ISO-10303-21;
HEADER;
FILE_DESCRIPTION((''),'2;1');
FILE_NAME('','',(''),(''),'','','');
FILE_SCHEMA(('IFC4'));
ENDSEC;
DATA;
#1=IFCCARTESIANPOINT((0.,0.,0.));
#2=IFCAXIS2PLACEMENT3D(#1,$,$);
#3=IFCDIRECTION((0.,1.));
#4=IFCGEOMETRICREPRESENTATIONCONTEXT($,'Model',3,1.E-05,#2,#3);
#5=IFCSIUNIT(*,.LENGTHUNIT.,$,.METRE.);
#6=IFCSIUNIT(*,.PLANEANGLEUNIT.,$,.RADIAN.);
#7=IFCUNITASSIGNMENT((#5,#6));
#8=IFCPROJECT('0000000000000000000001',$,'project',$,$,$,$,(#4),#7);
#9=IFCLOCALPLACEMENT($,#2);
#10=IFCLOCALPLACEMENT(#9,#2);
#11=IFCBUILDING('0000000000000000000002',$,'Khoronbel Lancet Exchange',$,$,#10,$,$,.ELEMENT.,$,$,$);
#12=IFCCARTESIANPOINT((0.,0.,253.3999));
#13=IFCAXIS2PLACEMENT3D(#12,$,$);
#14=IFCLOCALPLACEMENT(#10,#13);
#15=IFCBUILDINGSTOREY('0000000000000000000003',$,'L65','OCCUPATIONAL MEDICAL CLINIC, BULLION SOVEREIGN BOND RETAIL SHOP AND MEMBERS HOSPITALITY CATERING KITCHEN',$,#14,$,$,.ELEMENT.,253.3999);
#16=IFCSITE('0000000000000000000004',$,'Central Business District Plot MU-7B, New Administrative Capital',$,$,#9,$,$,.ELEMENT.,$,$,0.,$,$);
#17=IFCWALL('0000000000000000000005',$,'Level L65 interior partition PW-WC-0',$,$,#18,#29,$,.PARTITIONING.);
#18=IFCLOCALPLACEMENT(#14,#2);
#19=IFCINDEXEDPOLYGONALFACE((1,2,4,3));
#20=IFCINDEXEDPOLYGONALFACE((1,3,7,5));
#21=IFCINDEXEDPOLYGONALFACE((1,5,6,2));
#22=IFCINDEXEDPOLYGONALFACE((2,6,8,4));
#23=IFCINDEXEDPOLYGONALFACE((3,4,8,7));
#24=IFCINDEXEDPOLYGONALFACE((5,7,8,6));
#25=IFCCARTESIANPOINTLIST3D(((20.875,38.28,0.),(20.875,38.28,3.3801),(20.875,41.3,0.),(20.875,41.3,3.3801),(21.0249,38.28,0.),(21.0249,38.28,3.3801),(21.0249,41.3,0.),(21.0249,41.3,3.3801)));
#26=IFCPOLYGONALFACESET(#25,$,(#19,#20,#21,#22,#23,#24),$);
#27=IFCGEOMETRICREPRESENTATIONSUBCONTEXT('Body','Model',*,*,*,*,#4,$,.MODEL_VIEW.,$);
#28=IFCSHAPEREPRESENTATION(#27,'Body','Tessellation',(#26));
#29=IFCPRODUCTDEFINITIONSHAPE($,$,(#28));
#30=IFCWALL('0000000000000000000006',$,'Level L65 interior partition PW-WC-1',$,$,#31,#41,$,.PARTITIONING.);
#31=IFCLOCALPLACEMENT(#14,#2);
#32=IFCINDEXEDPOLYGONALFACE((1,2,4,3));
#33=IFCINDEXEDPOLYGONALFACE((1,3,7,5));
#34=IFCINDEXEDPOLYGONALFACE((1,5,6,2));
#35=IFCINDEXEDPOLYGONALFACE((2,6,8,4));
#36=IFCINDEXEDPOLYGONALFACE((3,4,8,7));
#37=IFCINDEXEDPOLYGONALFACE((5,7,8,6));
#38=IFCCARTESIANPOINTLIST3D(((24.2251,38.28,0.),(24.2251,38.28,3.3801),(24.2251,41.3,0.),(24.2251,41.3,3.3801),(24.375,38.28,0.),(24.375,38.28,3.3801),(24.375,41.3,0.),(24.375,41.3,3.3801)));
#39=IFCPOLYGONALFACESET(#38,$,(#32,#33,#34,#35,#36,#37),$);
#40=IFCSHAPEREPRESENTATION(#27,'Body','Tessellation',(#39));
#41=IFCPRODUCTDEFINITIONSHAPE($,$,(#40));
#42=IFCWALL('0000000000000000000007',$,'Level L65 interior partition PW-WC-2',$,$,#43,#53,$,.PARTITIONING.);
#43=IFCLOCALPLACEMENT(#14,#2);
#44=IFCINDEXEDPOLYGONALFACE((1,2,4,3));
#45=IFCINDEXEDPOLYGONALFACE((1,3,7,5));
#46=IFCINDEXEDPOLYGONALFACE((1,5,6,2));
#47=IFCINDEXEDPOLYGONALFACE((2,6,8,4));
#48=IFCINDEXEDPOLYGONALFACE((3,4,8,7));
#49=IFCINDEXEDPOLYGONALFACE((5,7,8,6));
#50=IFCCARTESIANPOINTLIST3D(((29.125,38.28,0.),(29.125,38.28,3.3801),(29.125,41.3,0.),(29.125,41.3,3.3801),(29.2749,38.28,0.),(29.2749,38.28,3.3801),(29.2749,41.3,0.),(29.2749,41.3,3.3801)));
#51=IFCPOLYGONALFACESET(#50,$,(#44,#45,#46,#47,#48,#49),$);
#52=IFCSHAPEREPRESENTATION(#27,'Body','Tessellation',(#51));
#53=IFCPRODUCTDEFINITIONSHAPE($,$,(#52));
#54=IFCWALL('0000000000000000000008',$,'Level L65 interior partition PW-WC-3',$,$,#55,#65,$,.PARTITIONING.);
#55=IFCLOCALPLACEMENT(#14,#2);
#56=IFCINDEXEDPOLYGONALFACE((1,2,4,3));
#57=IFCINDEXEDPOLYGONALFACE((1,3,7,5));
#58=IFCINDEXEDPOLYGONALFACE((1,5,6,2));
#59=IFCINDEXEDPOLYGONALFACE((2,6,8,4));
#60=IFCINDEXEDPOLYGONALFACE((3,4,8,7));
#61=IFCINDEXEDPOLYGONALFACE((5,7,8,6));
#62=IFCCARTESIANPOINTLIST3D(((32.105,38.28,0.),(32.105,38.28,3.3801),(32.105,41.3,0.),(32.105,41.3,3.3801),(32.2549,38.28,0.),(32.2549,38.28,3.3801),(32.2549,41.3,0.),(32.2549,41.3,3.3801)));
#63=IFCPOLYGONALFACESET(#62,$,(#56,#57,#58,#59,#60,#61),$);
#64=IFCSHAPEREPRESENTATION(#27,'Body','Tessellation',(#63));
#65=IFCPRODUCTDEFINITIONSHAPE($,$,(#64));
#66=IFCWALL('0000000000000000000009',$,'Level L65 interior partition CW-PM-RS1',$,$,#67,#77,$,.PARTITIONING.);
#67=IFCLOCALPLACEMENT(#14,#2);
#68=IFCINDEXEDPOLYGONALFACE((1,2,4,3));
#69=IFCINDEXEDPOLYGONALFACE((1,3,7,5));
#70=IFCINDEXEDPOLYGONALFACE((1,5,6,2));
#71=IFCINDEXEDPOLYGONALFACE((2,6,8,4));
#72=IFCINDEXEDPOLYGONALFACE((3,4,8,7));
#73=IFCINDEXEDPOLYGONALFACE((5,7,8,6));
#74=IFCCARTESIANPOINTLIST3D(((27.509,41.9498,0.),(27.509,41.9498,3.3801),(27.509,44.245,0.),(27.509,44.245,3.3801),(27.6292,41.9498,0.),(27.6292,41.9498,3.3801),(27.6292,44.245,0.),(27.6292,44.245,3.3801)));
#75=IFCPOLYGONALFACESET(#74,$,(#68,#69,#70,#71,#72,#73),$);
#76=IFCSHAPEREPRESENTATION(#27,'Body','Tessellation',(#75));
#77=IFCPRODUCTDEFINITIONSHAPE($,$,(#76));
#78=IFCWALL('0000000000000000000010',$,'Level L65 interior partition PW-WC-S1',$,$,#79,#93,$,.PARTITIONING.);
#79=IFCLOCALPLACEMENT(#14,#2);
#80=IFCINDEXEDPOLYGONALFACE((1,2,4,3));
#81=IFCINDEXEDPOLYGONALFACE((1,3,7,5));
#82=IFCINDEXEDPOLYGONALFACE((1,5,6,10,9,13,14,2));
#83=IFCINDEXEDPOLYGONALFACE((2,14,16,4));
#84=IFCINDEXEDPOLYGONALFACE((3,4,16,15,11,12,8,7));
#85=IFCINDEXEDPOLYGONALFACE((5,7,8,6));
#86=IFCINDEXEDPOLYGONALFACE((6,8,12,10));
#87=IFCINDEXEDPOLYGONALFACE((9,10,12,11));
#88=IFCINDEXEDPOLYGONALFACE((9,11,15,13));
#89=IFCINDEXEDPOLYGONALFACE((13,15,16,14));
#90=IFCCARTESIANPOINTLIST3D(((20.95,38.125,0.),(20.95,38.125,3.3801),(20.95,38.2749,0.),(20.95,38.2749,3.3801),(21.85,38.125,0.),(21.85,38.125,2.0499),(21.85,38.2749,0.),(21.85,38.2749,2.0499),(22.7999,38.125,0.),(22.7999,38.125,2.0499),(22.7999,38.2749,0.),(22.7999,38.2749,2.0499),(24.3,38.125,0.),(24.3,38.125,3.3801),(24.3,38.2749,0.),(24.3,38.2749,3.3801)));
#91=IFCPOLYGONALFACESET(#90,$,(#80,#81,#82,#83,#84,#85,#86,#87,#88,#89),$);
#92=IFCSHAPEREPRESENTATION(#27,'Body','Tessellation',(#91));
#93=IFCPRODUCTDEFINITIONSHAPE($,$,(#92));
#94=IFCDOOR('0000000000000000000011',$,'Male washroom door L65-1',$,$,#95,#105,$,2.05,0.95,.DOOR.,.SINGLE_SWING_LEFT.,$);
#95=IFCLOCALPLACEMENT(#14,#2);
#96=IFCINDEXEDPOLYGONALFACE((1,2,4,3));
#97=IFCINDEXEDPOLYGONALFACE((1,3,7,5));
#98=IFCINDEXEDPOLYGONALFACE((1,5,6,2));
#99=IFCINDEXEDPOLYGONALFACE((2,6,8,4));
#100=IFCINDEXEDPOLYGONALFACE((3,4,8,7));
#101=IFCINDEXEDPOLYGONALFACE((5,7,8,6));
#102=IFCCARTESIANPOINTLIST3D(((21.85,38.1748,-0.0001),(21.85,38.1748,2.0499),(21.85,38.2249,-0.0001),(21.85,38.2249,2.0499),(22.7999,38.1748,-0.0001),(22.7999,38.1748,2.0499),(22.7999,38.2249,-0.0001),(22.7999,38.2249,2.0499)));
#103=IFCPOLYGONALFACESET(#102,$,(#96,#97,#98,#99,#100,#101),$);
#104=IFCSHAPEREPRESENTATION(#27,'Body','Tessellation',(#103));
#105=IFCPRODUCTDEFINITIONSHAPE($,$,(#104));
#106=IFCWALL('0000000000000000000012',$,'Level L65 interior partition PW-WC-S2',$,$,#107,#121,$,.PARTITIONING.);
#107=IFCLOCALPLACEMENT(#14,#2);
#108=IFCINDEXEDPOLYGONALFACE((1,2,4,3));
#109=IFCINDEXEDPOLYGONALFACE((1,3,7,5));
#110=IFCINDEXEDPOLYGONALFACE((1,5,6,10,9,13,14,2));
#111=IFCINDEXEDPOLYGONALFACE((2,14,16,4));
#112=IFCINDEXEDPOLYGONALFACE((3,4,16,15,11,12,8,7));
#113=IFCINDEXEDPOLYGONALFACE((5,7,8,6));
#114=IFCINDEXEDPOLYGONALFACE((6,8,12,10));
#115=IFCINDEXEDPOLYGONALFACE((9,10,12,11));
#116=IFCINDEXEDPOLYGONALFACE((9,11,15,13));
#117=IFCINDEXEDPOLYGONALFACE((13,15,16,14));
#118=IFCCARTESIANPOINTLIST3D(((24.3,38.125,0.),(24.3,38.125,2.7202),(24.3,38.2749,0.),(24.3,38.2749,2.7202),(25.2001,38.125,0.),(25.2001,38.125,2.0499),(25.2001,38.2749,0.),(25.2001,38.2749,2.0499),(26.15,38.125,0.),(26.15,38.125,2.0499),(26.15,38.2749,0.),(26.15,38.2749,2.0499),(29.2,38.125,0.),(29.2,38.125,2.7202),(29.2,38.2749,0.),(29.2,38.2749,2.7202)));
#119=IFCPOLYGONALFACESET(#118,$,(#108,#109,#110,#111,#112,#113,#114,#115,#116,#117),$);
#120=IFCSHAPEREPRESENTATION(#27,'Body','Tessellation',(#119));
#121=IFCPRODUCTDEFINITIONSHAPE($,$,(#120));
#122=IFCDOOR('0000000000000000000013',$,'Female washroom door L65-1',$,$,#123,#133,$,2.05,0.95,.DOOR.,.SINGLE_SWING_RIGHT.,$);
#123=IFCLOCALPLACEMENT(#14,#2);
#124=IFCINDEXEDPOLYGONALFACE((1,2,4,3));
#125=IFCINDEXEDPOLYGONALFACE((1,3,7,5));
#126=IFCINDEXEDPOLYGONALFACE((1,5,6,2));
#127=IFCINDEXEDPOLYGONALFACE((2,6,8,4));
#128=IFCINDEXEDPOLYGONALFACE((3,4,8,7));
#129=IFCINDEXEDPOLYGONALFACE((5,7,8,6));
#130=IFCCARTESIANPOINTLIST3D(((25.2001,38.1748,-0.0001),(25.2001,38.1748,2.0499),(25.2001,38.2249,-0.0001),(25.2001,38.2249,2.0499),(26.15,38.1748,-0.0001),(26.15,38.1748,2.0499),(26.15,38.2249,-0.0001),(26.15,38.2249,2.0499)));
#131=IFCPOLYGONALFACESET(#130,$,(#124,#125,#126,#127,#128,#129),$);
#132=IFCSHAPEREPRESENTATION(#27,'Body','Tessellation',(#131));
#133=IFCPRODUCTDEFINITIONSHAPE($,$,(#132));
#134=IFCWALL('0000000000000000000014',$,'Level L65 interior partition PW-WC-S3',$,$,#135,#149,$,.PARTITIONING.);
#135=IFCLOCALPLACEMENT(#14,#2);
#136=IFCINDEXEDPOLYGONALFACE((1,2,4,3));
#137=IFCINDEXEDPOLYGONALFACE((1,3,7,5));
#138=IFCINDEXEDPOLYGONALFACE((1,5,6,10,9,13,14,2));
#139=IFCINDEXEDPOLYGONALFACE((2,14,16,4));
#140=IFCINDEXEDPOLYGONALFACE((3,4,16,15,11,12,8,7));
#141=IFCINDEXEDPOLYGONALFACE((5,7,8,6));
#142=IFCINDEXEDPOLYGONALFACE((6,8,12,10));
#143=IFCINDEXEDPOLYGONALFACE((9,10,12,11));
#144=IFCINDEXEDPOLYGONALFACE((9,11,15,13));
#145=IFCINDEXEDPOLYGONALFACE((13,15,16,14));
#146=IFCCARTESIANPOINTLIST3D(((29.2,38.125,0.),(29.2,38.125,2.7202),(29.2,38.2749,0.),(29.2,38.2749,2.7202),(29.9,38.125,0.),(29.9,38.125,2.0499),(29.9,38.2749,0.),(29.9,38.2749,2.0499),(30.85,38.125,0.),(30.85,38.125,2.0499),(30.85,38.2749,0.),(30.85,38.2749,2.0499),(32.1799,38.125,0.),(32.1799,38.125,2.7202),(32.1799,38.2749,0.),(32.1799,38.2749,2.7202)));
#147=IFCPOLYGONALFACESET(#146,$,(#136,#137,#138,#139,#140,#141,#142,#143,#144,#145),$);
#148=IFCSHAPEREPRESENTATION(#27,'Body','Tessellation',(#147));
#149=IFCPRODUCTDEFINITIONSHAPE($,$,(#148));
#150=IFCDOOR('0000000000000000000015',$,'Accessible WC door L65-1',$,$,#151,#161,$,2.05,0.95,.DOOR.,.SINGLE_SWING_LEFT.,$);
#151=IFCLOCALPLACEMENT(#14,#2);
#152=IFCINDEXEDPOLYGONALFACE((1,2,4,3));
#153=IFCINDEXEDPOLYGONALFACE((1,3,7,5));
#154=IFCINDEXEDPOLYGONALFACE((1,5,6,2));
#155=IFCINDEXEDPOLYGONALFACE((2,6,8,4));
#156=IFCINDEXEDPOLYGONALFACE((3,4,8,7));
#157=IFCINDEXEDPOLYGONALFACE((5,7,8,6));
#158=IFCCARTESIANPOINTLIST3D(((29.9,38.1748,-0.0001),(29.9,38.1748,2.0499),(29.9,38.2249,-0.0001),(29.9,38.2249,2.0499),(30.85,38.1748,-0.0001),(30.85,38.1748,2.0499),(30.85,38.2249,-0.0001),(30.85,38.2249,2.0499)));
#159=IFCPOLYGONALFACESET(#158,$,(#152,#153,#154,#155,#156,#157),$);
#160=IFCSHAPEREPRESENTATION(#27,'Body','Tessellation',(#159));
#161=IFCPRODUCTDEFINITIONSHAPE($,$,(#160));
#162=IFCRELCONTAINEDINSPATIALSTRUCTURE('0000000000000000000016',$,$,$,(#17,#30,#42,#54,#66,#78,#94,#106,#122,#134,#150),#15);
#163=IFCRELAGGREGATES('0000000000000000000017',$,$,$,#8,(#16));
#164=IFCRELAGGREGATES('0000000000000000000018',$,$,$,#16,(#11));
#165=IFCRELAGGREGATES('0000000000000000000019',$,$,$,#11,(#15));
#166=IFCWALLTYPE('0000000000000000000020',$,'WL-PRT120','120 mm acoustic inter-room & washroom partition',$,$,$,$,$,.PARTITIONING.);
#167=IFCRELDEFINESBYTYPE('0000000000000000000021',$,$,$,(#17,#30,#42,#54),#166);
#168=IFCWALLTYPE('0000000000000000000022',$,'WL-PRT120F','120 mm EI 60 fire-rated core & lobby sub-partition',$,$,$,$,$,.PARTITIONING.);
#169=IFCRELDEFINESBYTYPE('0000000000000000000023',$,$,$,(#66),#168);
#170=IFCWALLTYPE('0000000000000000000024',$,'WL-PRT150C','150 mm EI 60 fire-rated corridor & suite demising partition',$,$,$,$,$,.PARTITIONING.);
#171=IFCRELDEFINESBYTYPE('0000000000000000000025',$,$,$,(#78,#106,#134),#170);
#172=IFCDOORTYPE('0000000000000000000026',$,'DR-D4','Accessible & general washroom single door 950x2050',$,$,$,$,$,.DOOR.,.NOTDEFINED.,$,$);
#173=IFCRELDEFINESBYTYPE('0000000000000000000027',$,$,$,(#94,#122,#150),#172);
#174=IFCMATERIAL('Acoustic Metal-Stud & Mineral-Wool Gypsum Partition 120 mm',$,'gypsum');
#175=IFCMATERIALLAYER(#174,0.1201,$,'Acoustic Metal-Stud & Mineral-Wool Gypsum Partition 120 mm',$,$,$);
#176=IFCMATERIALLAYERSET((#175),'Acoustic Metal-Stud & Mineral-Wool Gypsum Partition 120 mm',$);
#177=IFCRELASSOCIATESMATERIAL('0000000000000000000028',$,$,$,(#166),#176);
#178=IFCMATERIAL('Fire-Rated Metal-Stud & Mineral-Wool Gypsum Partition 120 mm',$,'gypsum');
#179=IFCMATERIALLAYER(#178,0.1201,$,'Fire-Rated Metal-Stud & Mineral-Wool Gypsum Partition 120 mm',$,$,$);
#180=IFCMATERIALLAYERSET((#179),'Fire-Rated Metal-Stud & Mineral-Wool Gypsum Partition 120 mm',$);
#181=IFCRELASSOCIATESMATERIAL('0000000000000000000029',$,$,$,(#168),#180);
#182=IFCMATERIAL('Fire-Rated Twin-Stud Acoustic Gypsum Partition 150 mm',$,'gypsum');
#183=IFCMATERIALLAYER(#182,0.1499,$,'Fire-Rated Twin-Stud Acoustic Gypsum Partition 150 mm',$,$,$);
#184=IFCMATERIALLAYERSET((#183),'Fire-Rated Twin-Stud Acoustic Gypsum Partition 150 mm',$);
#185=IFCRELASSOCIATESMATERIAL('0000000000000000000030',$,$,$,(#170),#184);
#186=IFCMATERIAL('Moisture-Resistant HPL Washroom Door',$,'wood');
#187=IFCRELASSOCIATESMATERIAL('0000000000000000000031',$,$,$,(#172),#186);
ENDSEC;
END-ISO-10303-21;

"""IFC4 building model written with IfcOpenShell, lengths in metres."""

from ifc_helpers import new_model, si_unit, direction, frame, frame_2d, origin, place, context, subcontext, project, spatial, rectangle, extrude, material, layer, layer_set, type_object, element, fill, save


model = new_model("IFC4")

# Units and contexts
model_context = context("Model", 3, precision=1e-05, world=origin(), true_north=direction((0.0, 1.0)))
body_context = subcontext(model_context, "Body", "Model", "MODEL_VIEW")
ifc_project = project(units=[si_unit("LENGTHUNIT", "METRE"), si_unit("PLANEANGLEUNIT", "RADIAN")], contexts=[model_context])

# Site, building, storey
site_placement = place(None, origin())
site = spatial("IfcSite", under=ifc_project, at=site_placement, Name="Central Business District Plot MU-7B, New Administrative Capital", CompositionType="ELEMENT", RefElevation=0.0)
building_placement = place(site_placement, origin())
building = spatial("IfcBuilding", under=site, at=building_placement, Name="Khoronbel Lancet Exchange", CompositionType="ELEMENT")
storey_placement = place(building_placement, frame((0.0, 0.0, 253.3999)))
storey = spatial("IfcBuildingStorey", under=building, at=storey_placement, Name="L65", Description="OCCUPATIONAL MEDICAL CLINIC, BULLION SOVEREIGN BOND RETAIL SHOP AND MEMBERS HOSPITALITY CATERING KITCHEN", CompositionType="ELEMENT", Elevation=253.3999)

# Walls
ifc_material_1 = material(Name="Acoustic Metal-Stud & Mineral-Wool Gypsum Partition 120 mm", Category="gypsum")
ifc_layer_1 = layer(ifc_material_1, 0.1201, Name="Acoustic Metal-Stud & Mineral-Wool Gypsum Partition 120 mm")
ifc_layer_set_1 = layer_set([ifc_layer_1], Name="Acoustic Metal-Stud & Mineral-Wool Gypsum Partition 120 mm")
wall_type_1 = type_object("IfcWallType", Name="WL-PRT120", Description="120 mm acoustic inter-room & washroom partition", PredefinedType="PARTITIONING", material=ifc_layer_set_1)
for number, where, z_axis, x_axis, name in (
    (1, (20.95, 38.28, 0.0), (0.0, 0.0, 1.0), (0.0, 1.0, 0.0), "Level L65 interior partition PW-WC-0"),
    (2, (24.3, 38.28, 0.0), (0.0, 0.0, 1.0), (0.0, 1.0, 0.0), "Level L65 interior partition PW-WC-1"),
    (3, (29.2, 38.28, 0.0), (0.0, 0.0, 1.0), (0.0, 1.0, 0.0), "Level L65 interior partition PW-WC-2"),
    (4, (32.1799, 38.28, 0.0), (0.0, 0.0, 1.0), (0.0, 1.0, 0.0), "Level L65 interior partition PW-WC-3"),
):
    element("IfcWall", number, at=place(storey_placement, frame(where, z_axis=z_axis, x_axis=x_axis)), inside=storey, type_object=wall_type_1, Name=name, PredefinedType="PARTITIONING", context=body_context, shape_type="SweptSolid", body=[
        extrude(rectangle(XDim=3.02, YDim=0.1499, at=frame_2d((1.51, 0.0))), origin(), (0.0, 0.0, 1.0), 3.3801),
    ])
ifc_material_2 = material(Name="Fire-Rated Metal-Stud & Mineral-Wool Gypsum Partition 120 mm", Category="gypsum")
ifc_layer_2 = layer(ifc_material_2, 0.1201, Name="Fire-Rated Metal-Stud & Mineral-Wool Gypsum Partition 120 mm")
ifc_layer_set_2 = layer_set([ifc_layer_2], Name="Fire-Rated Metal-Stud & Mineral-Wool Gypsum Partition 120 mm")
wall_type_2 = type_object("IfcWallType", Name="WL-PRT120F", Description="120 mm EI 60 fire-rated core & lobby sub-partition", PredefinedType="PARTITIONING", material=ifc_layer_set_2)
wall_1_placement = place(storey_placement, frame((27.5691, 41.95, 0.0), z_axis=(0.0, 0.0, 1.0), x_axis=(0.0, 1.0, 0.0)))
element("IfcWall", 5, at=wall_1_placement, inside=storey, type_object=wall_type_2, Name="Level L65 interior partition CW-PM-RS1", PredefinedType="PARTITIONING", context=body_context, shape_type="SweptSolid", body=[
    extrude(rectangle(XDim=2.2952, YDim=0.1201, at=frame_2d((1.1475, 0.0))), origin(), (0.0, 0.0, 1.0), 3.3801),
])

# Walls, openings, doors
ifc_material_3 = material(Name="Fire-Rated Twin-Stud Acoustic Gypsum Partition 150 mm", Category="gypsum")
ifc_layer_3 = layer(ifc_material_3, 0.1499, Name="Fire-Rated Twin-Stud Acoustic Gypsum Partition 150 mm")
ifc_layer_set_3 = layer_set([ifc_layer_3], Name="Fire-Rated Twin-Stud Acoustic Gypsum Partition 150 mm")
wall_type_3 = type_object("IfcWallType", Name="WL-PRT150C", Description="150 mm EI 60 fire-rated corridor & suite demising partition", PredefinedType="PARTITIONING", material=ifc_layer_set_3)
wall_2_placement = place(storey_placement, frame((20.95, 38.2, 0.0), z_axis=(0.0, 0.0, 1.0), x_axis=(1.0, 0.0, 0.0)))
wall_2 = element("IfcWall", 6, at=wall_2_placement, inside=storey, type_object=wall_type_3, Name="Level L65 interior partition PW-WC-S1", PredefinedType="PARTITIONING", context=body_context, shape_type="SweptSolid", body=[
    extrude(rectangle(XDim=3.3501, YDim=0.1499, at=frame_2d((1.675, 0.0))), origin(), (0.0, 0.0, 1.0), 3.3801),
])
opening_1_placement = place(wall_2_placement, frame((0.8999, 0.0, 0.0)))
opening_1 = element("IfcOpeningElement", 7, at=opening_1_placement, cuts=wall_2, PredefinedType="OPENING", context=body_context, shape_type="SweptSolid", body=[
    extrude(rectangle(XDim=0.95, YDim=2.05, at=frame_2d((0.4751, 1.0249))), frame((0.0, 0.085, 0.0), z_axis=(0.0, -1.0, 0.0), x_axis=(1.0, 0.0, 0.0)), (0.0, 0.0, 1.0), 0.1699),
])
ifc_material_4 = material(Name="Moisture-Resistant HPL Washroom Door", Category="wood")
door_type_1 = type_object("IfcDoorType", Name="DR-D4", Description="Accessible & general washroom single door 950x2050", OperationType="NOTDEFINED", PredefinedType="DOOR", material=ifc_material_4)
door_1_placement = place(opening_1_placement, origin())
door_1 = element("IfcDoor", 8, at=door_1_placement, inside=storey, type_object=door_type_1, Name="Male washroom door L65-1", OperationType="SINGLE_SWING_LEFT", OverallHeight=2.05, OverallWidth=0.95, PredefinedType="DOOR", context=body_context, shape_type="SweptSolid", body=[
    extrude(rectangle(XDim=0.95, YDim=2.05, at=frame_2d((0.4751, 1.0249))), frame((0.0, 0.0249, 0.0), z_axis=(0.0, -1.0, 0.0), x_axis=(1.0, 0.0, 0.0)), (0.0, 0.0, 1.0), 0.05),
])
fill(opening_1, door_1)
wall_3_placement = place(storey_placement, frame((24.3, 38.2, 0.0), z_axis=(0.0, 0.0, 1.0), x_axis=(1.0, 0.0, 0.0)))
wall_3 = element("IfcWall", 9, at=wall_3_placement, inside=storey, type_object=wall_type_3, Name="Level L65 interior partition PW-WC-S2", PredefinedType="PARTITIONING", context=body_context, shape_type="SweptSolid", body=[
    extrude(rectangle(XDim=4.8999, YDim=0.1499, at=frame_2d((2.45, 0.0))), origin(), (0.0, 0.0, 1.0), 2.7202),
])
opening_2_placement = place(wall_3_placement, frame((0.8999, 0.0, 0.0)))
opening_2 = element("IfcOpeningElement", 10, at=opening_2_placement, cuts=wall_3, PredefinedType="OPENING", context=body_context, shape_type="SweptSolid", body=[
    extrude(rectangle(XDim=0.95, YDim=2.05, at=frame_2d((0.4751, 1.0249))), frame((0.0, 0.085, 0.0), z_axis=(0.0, -1.0, 0.0), x_axis=(1.0, 0.0, 0.0)), (0.0, 0.0, 1.0), 0.1699),
])
door_2_placement = place(opening_2_placement, origin())
door_2 = element("IfcDoor", 11, at=door_2_placement, inside=storey, type_object=door_type_1, Name="Female washroom door L65-1", OperationType="SINGLE_SWING_RIGHT", OverallHeight=2.05, OverallWidth=0.95, PredefinedType="DOOR", context=body_context, shape_type="SweptSolid", body=[
    extrude(rectangle(XDim=0.95, YDim=2.05, at=frame_2d((0.4751, 1.0249))), frame((0.0, 0.0249, 0.0), z_axis=(0.0, -1.0, 0.0), x_axis=(1.0, 0.0, 0.0)), (0.0, 0.0, 1.0), 0.05),
])
fill(opening_2, door_2)
wall_4_placement = place(storey_placement, frame((29.2, 38.2, 0.0), z_axis=(0.0, 0.0, 1.0), x_axis=(1.0, 0.0, 0.0)))
wall_4 = element("IfcWall", 12, at=wall_4_placement, inside=storey, type_object=wall_type_3, Name="Level L65 interior partition PW-WC-S3", PredefinedType="PARTITIONING", context=body_context, shape_type="SweptSolid", body=[
    extrude(rectangle(XDim=2.98, YDim=0.1499, at=frame_2d((1.49, 0.0))), origin(), (0.0, 0.0, 1.0), 2.7202),
])
opening_3_placement = place(wall_4_placement, frame((0.7, 0.0, 0.0)))
opening_3 = element("IfcOpeningElement", 13, at=opening_3_placement, cuts=wall_4, PredefinedType="OPENING", context=body_context, shape_type="SweptSolid", body=[
    extrude(rectangle(XDim=0.95, YDim=2.05, at=frame_2d((0.4751, 1.0249))), frame((0.0, 0.085, 0.0), z_axis=(0.0, -1.0, 0.0), x_axis=(1.0, 0.0, 0.0)), (0.0, 0.0, 1.0), 0.1699),
])
door_3_placement = place(opening_3_placement, origin())
door_3 = element("IfcDoor", 14, at=door_3_placement, inside=storey, type_object=door_type_1, Name="Accessible WC door L65-1", OperationType="SINGLE_SWING_LEFT", OverallHeight=2.05, OverallWidth=0.95, PredefinedType="DOOR", context=body_context, shape_type="SweptSolid", body=[
    extrude(rectangle(XDim=0.95, YDim=2.05, at=frame_2d((0.4751, 1.0249))), frame((0.0, 0.0249, 0.0), z_axis=(0.0, -1.0, 0.0), x_axis=(1.0, 0.0, 0.0)), (0.0, 0.0, 1.0), 0.05),
])
fill(opening_3, door_3)

save(model, "model.ifc")
